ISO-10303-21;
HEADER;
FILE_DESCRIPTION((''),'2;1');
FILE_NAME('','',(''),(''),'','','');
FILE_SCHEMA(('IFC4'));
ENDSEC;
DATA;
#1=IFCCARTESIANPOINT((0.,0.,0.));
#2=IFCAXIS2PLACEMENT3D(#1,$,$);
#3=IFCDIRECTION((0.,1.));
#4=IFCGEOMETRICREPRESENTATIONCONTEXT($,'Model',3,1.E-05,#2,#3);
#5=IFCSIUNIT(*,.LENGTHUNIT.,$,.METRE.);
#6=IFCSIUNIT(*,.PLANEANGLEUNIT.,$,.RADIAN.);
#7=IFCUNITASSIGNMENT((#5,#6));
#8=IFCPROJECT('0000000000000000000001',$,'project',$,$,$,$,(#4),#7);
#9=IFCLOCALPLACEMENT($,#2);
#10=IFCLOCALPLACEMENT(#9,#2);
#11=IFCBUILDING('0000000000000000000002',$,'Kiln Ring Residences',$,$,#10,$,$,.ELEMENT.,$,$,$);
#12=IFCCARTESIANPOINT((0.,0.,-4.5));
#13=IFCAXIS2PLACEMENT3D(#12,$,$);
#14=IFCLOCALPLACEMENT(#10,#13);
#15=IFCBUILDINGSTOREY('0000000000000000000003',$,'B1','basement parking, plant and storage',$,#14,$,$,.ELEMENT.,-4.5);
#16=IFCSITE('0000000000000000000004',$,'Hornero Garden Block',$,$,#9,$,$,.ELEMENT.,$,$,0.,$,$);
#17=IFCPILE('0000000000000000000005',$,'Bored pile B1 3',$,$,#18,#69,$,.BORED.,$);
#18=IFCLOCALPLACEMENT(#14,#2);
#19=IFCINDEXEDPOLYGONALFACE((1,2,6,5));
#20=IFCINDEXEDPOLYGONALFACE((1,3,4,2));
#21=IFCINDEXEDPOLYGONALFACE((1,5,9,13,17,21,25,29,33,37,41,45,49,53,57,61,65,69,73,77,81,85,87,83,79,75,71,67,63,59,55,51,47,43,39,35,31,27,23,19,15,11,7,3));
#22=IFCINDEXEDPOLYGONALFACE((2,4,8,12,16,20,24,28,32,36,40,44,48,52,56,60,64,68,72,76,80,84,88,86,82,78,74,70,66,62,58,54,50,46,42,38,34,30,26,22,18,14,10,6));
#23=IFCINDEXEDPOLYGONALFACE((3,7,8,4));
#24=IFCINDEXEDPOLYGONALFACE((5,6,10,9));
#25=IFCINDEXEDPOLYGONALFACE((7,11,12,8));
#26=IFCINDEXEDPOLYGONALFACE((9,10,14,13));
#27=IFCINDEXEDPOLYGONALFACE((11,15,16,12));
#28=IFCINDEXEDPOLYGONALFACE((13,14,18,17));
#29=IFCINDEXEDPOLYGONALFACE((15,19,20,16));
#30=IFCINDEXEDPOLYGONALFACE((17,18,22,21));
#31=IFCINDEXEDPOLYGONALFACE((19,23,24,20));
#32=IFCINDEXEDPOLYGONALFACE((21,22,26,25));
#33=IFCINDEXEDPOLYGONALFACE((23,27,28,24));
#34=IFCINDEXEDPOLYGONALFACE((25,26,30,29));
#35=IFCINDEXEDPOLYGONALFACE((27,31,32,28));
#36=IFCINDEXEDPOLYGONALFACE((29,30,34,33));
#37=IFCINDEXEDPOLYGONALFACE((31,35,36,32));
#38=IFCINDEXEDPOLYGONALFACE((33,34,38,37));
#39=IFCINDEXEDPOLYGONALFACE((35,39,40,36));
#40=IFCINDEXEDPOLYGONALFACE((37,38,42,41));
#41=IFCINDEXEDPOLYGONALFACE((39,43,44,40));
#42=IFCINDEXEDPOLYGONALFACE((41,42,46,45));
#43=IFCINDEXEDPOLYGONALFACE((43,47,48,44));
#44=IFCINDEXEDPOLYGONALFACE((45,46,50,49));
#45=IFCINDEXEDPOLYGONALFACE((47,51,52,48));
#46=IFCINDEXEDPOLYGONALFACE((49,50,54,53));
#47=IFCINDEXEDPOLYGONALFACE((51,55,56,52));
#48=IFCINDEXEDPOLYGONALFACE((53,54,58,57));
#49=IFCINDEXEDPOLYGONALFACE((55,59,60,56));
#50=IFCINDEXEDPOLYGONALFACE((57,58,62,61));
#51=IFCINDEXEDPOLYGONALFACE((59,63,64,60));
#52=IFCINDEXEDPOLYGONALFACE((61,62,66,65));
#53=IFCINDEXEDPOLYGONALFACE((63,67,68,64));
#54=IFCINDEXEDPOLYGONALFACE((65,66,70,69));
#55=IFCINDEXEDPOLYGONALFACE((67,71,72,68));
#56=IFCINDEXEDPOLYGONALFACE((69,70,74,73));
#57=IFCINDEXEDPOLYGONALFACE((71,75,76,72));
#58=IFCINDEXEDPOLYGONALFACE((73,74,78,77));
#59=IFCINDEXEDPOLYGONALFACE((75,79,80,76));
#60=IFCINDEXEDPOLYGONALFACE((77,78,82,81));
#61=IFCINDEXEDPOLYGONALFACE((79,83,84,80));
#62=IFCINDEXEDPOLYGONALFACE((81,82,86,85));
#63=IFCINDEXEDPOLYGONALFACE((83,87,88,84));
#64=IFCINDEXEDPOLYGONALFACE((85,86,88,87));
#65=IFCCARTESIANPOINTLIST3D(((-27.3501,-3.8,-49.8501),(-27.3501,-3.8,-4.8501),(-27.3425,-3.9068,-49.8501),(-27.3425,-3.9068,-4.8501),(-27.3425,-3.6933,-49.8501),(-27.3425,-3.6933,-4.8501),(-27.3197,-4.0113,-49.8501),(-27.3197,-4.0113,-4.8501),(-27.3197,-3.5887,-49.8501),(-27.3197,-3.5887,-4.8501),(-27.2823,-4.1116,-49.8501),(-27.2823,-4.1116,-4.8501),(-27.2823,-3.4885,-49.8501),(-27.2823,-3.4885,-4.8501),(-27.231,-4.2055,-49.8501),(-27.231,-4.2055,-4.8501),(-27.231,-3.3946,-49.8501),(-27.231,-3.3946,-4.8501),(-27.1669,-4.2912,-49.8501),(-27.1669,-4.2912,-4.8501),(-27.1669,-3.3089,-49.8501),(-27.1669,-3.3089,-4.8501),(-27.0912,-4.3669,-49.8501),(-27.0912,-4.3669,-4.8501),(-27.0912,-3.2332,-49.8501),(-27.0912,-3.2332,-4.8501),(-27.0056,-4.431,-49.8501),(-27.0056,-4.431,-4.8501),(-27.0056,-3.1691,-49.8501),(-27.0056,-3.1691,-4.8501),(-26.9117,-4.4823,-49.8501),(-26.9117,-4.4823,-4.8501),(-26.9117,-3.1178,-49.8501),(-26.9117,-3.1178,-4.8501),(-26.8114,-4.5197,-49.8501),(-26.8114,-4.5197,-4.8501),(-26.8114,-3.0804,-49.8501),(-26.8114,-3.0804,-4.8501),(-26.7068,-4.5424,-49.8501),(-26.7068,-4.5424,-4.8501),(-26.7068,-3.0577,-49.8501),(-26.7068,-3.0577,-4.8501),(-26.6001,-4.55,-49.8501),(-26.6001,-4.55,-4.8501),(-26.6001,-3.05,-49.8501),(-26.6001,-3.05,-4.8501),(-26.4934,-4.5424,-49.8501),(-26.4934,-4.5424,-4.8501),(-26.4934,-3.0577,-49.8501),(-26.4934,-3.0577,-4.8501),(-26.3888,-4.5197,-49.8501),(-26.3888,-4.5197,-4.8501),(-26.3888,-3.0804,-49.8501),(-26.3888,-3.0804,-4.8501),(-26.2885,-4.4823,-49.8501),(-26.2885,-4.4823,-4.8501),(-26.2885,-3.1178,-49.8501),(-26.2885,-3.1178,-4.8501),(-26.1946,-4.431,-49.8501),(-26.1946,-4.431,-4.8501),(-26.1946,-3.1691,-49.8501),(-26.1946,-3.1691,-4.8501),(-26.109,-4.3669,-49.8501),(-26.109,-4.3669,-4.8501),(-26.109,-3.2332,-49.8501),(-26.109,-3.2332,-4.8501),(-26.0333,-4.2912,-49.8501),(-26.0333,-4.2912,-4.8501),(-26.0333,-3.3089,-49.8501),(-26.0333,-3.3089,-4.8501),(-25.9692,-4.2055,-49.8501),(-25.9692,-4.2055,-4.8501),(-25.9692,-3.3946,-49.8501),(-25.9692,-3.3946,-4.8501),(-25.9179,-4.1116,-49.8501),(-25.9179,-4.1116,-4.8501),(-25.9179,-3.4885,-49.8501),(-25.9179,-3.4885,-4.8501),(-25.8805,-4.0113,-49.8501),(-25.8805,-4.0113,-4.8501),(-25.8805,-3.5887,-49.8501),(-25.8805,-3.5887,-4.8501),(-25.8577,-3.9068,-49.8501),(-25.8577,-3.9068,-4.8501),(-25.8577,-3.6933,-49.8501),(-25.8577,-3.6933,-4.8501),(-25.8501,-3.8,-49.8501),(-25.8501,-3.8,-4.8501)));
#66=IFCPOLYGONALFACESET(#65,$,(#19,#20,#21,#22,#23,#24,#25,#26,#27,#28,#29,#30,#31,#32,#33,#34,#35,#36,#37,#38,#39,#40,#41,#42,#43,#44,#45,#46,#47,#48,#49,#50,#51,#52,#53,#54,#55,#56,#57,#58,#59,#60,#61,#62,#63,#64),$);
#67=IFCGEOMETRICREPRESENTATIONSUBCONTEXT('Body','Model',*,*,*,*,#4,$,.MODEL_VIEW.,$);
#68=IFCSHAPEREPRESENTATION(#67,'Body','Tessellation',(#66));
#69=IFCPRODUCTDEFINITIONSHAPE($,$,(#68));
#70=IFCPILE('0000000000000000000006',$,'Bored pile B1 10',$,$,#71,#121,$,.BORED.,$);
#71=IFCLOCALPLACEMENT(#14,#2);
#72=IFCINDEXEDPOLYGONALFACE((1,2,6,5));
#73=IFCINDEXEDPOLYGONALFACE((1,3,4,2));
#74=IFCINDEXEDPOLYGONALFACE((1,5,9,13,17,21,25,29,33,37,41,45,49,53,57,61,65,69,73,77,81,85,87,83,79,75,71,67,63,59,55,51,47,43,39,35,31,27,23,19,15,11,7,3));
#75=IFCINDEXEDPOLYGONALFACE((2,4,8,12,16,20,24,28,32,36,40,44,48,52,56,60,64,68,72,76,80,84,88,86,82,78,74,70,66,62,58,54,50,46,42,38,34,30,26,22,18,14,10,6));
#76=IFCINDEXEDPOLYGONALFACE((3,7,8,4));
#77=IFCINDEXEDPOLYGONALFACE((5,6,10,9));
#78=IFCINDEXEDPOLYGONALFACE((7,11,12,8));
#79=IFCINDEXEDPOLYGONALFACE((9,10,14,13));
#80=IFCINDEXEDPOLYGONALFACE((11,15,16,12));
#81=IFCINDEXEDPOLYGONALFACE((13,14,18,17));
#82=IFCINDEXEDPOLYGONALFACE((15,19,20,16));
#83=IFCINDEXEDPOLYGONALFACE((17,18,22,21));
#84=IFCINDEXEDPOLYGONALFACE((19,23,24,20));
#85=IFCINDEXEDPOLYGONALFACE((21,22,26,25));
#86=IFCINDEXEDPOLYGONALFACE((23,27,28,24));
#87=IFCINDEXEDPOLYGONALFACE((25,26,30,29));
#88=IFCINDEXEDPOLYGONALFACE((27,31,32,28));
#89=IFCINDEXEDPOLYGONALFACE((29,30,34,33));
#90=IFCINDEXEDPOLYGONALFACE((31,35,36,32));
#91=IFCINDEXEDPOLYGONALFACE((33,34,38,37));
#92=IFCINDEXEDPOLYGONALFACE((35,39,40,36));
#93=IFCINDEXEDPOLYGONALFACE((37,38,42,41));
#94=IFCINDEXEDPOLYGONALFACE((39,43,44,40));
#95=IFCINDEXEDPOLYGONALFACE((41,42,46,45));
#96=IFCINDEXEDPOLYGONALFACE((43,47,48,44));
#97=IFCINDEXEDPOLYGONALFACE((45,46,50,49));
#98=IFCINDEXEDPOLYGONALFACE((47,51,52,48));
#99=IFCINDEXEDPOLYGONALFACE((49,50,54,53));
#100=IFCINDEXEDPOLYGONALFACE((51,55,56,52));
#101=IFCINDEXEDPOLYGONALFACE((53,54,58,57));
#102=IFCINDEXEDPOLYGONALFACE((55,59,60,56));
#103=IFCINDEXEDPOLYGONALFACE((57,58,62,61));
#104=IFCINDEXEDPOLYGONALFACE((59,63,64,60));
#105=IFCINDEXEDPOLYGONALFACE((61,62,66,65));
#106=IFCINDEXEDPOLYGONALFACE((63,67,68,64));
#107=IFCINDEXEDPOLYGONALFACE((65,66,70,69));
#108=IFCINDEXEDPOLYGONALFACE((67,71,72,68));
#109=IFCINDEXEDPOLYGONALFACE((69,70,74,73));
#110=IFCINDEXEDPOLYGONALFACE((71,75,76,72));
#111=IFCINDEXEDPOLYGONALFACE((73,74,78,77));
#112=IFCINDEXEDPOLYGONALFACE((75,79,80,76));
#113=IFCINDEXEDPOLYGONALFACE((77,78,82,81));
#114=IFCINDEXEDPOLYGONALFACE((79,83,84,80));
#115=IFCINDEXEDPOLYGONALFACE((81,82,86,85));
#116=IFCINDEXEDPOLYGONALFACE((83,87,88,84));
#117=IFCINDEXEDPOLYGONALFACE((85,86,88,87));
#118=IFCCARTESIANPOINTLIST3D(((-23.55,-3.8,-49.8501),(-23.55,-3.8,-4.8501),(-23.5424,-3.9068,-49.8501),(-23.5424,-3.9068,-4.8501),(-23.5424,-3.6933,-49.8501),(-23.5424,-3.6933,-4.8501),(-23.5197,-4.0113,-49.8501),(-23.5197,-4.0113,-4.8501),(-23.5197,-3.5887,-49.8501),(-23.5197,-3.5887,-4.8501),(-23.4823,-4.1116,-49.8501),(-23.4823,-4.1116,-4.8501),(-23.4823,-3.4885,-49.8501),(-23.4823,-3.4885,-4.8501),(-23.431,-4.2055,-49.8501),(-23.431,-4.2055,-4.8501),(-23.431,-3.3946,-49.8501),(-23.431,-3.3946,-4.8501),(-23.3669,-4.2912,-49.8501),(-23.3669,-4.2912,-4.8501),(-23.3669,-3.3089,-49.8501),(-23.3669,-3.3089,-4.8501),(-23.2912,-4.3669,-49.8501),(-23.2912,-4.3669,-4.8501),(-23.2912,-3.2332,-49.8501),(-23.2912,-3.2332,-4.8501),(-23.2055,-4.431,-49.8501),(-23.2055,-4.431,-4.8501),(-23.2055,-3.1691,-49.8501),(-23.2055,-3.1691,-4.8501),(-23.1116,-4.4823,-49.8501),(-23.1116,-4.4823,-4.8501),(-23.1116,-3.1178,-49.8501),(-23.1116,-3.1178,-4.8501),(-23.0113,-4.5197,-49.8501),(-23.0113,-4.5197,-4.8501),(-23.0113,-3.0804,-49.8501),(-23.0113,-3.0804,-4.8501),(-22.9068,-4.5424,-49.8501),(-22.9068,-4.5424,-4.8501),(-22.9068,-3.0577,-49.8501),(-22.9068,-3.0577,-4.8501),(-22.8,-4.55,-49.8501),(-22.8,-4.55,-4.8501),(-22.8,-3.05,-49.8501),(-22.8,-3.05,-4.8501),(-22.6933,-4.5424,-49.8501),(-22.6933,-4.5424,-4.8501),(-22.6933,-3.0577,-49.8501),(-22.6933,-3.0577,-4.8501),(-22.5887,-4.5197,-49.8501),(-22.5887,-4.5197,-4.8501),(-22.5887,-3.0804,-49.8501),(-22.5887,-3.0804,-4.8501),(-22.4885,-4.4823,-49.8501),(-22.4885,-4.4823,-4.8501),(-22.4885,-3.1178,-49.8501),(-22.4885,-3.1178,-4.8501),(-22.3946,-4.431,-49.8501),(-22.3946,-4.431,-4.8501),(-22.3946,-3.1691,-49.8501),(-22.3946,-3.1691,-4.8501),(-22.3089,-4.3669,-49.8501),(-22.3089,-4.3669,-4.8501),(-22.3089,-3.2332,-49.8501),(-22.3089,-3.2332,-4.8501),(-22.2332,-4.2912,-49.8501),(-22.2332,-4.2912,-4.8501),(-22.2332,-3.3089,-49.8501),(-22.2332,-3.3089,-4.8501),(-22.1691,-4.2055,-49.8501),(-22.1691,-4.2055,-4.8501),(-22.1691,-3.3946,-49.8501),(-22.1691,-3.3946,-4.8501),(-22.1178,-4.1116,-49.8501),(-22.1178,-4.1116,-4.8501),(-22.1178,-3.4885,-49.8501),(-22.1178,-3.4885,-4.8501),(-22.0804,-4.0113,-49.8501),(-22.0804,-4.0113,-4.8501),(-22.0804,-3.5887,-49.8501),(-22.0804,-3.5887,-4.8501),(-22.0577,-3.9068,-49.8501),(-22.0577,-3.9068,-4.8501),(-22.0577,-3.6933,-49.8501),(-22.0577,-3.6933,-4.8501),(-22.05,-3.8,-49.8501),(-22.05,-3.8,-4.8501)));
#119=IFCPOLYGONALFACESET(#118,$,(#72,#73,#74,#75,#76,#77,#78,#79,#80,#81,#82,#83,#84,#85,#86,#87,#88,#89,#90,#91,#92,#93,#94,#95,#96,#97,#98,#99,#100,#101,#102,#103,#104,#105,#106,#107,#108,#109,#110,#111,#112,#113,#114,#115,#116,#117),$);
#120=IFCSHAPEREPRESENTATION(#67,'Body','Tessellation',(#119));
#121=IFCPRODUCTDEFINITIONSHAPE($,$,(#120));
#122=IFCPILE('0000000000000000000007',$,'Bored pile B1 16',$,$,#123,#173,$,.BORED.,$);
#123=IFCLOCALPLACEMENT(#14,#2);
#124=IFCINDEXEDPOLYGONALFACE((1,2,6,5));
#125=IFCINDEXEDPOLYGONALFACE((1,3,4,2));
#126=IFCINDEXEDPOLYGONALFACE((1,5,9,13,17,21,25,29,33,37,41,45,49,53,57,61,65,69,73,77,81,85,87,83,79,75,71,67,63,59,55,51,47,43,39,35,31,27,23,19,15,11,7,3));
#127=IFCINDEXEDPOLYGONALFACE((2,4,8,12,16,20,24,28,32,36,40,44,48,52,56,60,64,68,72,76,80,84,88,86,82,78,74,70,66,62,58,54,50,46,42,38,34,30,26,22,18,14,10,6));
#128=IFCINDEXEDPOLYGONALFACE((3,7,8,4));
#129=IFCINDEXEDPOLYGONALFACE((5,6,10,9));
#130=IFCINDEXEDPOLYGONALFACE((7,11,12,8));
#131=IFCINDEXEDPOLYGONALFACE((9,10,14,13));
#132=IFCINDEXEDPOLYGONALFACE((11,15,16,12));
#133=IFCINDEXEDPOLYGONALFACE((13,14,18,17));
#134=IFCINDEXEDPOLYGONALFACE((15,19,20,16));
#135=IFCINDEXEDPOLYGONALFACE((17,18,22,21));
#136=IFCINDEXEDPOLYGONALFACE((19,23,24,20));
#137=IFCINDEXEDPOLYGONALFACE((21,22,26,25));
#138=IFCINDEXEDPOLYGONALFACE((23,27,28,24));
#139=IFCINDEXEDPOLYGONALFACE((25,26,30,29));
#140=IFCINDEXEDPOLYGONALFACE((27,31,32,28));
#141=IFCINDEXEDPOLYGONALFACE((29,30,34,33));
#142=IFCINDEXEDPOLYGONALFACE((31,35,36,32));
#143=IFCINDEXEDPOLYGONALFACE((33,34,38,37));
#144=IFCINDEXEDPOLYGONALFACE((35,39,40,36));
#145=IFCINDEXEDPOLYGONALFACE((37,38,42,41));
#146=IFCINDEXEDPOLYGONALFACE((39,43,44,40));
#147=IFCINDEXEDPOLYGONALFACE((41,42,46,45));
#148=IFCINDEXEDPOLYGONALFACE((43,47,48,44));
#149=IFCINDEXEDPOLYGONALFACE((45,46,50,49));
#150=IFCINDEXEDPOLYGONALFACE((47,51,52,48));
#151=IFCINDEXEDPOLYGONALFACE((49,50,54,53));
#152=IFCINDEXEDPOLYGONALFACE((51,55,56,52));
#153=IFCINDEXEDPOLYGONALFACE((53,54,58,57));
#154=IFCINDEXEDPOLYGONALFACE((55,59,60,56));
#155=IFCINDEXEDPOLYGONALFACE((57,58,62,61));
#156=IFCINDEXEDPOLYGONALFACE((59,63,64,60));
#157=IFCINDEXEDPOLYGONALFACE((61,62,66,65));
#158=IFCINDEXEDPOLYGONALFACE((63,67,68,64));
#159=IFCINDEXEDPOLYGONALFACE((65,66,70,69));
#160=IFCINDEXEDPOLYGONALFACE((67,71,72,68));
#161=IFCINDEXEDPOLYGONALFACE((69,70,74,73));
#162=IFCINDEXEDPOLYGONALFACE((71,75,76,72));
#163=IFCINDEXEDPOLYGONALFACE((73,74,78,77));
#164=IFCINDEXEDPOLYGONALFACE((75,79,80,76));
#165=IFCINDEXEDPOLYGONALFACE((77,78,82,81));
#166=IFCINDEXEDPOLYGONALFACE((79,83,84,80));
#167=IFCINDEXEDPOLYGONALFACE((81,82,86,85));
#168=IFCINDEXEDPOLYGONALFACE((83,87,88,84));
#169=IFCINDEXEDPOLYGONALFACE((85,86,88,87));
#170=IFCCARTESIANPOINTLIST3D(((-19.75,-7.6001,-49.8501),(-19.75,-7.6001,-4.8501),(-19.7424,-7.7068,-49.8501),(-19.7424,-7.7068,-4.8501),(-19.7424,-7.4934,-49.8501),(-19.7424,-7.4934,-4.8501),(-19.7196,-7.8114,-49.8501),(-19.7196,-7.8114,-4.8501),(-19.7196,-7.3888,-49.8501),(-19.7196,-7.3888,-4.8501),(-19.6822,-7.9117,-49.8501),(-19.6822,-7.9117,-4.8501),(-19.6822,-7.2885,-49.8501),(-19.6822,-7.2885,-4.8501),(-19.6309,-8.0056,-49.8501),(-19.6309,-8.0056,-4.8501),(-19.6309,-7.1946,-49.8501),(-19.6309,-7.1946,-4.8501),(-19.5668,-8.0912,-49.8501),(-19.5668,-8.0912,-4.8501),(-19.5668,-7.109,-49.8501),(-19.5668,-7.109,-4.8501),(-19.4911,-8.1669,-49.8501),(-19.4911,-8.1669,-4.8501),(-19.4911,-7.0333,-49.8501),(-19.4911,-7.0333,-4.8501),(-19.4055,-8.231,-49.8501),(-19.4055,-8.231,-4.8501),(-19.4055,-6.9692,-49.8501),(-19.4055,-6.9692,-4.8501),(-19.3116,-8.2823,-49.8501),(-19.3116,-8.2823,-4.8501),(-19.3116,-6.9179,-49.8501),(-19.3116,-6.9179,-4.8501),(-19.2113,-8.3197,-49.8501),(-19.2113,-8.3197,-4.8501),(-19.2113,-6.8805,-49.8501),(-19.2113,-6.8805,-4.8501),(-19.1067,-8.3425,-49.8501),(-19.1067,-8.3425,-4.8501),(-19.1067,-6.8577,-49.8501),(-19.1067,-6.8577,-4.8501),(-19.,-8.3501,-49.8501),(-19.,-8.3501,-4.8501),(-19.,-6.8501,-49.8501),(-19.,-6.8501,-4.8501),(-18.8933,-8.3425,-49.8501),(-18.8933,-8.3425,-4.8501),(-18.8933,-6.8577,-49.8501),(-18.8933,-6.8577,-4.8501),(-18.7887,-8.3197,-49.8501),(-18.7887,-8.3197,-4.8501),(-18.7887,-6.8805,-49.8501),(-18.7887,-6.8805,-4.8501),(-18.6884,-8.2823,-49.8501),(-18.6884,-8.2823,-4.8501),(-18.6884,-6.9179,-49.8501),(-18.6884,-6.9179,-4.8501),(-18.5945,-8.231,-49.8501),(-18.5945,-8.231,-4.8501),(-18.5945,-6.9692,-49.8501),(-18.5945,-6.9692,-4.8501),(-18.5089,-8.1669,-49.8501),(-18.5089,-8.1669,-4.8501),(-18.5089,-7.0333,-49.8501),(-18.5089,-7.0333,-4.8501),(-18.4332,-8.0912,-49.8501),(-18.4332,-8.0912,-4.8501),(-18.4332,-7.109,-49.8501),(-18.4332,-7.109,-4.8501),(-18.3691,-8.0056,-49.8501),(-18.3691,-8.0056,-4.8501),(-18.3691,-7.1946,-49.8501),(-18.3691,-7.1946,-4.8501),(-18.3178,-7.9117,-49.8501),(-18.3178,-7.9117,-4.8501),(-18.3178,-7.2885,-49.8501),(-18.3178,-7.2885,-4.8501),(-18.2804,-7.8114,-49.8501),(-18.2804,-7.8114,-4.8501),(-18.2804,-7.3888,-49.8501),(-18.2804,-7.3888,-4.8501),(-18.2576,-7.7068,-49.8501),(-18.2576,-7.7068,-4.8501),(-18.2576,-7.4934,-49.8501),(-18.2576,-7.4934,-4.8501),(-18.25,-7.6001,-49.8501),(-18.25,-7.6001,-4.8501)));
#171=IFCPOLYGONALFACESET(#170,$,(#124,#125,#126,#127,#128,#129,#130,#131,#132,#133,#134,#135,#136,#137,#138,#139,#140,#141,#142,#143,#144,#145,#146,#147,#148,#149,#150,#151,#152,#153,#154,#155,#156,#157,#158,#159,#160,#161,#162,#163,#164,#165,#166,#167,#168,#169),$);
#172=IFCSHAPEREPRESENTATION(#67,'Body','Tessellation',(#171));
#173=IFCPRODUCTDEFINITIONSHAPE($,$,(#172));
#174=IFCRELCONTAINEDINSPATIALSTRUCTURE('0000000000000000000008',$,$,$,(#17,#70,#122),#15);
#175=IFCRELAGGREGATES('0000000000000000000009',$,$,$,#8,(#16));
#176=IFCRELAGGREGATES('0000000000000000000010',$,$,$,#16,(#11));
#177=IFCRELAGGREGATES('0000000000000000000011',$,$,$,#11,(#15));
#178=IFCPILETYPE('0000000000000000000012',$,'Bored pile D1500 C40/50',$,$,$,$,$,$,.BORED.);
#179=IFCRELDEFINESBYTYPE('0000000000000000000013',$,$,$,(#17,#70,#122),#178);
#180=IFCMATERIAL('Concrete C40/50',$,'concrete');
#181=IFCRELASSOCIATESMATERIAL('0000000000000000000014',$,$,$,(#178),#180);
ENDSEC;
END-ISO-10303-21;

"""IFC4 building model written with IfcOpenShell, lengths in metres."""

from ifc_helpers import new_model, si_unit, direction, frame, origin, origin_2d, place, context, subcontext, project, spatial, circle, extrude, material, material_profile, profile_set, type_object, element, save


model = new_model("IFC4")

# Units and contexts
model_context = context("Model", 3, precision=1e-05, world=origin(), true_north=direction((0.0, 1.0)))
body_context = subcontext(model_context, "Body", "Model", "MODEL_VIEW")
ifc_project = project(units=[si_unit("LENGTHUNIT", "METRE"), si_unit("PLANEANGLEUNIT", "RADIAN")], contexts=[model_context])

# Site, building, storey
site_placement = place(None, origin())
site = spatial("IfcSite", under=ifc_project, at=site_placement, Name="Hornero Garden Block", CompositionType="ELEMENT", RefElevation=0.0)
building_placement = place(site_placement, origin())
building = spatial("IfcBuilding", under=site, at=building_placement, Name="Kiln Ring Residences", CompositionType="ELEMENT")
storey_placement = place(building_placement, frame((0.0, 0.0, -4.5)))
storey = spatial("IfcBuildingStorey", under=building, at=storey_placement, Name="B1", Description="basement parking, plant and storage", CompositionType="ELEMENT", Elevation=-4.5)

# Piles
ifc_material_1 = material(Name="Concrete C40/50", Category="concrete")
ifc_material_profile_1 = material_profile(ifc_material_1, circle(Radius=0.75, at=origin_2d()), Name="BORED1500")
ifc_profile_set_1 = profile_set([ifc_material_profile_1], Name="Concrete C40/50")
pile_type = type_object("IfcPileType", Name="Bored pile D1500 C40/50", PredefinedType="BORED", material=ifc_profile_set_1)
for number, where, z_axis, x_axis, name in (
    (1, (-26.6001, -3.8, -4.8501), (0.0, 0.0, -1.0), (1.0, 0.0, 0.0), "Bored pile B1 3"),
    (2, (-22.8, -3.8, -4.8501), (0.0, 0.0, -1.0), (1.0, 0.0, 0.0), "Bored pile B1 10"),
    (3, (-19.0, -7.6001, -4.8501), (0.0, 0.0, -1.0), (1.0, 0.0, 0.0), "Bored pile B1 16"),
):
    element("IfcPile", number, at=place(storey_placement, frame(where, z_axis=z_axis, x_axis=x_axis)), inside=storey, type_object=pile_type, Name=name, PredefinedType="BORED", context=body_context, shape_type="SweptSolid", body=[
        extrude(circle(Radius=0.75, at=origin_2d()), origin(), (0.0, 0.0, 1.0), 45.0),
    ])

save(model, "model.ifc")
